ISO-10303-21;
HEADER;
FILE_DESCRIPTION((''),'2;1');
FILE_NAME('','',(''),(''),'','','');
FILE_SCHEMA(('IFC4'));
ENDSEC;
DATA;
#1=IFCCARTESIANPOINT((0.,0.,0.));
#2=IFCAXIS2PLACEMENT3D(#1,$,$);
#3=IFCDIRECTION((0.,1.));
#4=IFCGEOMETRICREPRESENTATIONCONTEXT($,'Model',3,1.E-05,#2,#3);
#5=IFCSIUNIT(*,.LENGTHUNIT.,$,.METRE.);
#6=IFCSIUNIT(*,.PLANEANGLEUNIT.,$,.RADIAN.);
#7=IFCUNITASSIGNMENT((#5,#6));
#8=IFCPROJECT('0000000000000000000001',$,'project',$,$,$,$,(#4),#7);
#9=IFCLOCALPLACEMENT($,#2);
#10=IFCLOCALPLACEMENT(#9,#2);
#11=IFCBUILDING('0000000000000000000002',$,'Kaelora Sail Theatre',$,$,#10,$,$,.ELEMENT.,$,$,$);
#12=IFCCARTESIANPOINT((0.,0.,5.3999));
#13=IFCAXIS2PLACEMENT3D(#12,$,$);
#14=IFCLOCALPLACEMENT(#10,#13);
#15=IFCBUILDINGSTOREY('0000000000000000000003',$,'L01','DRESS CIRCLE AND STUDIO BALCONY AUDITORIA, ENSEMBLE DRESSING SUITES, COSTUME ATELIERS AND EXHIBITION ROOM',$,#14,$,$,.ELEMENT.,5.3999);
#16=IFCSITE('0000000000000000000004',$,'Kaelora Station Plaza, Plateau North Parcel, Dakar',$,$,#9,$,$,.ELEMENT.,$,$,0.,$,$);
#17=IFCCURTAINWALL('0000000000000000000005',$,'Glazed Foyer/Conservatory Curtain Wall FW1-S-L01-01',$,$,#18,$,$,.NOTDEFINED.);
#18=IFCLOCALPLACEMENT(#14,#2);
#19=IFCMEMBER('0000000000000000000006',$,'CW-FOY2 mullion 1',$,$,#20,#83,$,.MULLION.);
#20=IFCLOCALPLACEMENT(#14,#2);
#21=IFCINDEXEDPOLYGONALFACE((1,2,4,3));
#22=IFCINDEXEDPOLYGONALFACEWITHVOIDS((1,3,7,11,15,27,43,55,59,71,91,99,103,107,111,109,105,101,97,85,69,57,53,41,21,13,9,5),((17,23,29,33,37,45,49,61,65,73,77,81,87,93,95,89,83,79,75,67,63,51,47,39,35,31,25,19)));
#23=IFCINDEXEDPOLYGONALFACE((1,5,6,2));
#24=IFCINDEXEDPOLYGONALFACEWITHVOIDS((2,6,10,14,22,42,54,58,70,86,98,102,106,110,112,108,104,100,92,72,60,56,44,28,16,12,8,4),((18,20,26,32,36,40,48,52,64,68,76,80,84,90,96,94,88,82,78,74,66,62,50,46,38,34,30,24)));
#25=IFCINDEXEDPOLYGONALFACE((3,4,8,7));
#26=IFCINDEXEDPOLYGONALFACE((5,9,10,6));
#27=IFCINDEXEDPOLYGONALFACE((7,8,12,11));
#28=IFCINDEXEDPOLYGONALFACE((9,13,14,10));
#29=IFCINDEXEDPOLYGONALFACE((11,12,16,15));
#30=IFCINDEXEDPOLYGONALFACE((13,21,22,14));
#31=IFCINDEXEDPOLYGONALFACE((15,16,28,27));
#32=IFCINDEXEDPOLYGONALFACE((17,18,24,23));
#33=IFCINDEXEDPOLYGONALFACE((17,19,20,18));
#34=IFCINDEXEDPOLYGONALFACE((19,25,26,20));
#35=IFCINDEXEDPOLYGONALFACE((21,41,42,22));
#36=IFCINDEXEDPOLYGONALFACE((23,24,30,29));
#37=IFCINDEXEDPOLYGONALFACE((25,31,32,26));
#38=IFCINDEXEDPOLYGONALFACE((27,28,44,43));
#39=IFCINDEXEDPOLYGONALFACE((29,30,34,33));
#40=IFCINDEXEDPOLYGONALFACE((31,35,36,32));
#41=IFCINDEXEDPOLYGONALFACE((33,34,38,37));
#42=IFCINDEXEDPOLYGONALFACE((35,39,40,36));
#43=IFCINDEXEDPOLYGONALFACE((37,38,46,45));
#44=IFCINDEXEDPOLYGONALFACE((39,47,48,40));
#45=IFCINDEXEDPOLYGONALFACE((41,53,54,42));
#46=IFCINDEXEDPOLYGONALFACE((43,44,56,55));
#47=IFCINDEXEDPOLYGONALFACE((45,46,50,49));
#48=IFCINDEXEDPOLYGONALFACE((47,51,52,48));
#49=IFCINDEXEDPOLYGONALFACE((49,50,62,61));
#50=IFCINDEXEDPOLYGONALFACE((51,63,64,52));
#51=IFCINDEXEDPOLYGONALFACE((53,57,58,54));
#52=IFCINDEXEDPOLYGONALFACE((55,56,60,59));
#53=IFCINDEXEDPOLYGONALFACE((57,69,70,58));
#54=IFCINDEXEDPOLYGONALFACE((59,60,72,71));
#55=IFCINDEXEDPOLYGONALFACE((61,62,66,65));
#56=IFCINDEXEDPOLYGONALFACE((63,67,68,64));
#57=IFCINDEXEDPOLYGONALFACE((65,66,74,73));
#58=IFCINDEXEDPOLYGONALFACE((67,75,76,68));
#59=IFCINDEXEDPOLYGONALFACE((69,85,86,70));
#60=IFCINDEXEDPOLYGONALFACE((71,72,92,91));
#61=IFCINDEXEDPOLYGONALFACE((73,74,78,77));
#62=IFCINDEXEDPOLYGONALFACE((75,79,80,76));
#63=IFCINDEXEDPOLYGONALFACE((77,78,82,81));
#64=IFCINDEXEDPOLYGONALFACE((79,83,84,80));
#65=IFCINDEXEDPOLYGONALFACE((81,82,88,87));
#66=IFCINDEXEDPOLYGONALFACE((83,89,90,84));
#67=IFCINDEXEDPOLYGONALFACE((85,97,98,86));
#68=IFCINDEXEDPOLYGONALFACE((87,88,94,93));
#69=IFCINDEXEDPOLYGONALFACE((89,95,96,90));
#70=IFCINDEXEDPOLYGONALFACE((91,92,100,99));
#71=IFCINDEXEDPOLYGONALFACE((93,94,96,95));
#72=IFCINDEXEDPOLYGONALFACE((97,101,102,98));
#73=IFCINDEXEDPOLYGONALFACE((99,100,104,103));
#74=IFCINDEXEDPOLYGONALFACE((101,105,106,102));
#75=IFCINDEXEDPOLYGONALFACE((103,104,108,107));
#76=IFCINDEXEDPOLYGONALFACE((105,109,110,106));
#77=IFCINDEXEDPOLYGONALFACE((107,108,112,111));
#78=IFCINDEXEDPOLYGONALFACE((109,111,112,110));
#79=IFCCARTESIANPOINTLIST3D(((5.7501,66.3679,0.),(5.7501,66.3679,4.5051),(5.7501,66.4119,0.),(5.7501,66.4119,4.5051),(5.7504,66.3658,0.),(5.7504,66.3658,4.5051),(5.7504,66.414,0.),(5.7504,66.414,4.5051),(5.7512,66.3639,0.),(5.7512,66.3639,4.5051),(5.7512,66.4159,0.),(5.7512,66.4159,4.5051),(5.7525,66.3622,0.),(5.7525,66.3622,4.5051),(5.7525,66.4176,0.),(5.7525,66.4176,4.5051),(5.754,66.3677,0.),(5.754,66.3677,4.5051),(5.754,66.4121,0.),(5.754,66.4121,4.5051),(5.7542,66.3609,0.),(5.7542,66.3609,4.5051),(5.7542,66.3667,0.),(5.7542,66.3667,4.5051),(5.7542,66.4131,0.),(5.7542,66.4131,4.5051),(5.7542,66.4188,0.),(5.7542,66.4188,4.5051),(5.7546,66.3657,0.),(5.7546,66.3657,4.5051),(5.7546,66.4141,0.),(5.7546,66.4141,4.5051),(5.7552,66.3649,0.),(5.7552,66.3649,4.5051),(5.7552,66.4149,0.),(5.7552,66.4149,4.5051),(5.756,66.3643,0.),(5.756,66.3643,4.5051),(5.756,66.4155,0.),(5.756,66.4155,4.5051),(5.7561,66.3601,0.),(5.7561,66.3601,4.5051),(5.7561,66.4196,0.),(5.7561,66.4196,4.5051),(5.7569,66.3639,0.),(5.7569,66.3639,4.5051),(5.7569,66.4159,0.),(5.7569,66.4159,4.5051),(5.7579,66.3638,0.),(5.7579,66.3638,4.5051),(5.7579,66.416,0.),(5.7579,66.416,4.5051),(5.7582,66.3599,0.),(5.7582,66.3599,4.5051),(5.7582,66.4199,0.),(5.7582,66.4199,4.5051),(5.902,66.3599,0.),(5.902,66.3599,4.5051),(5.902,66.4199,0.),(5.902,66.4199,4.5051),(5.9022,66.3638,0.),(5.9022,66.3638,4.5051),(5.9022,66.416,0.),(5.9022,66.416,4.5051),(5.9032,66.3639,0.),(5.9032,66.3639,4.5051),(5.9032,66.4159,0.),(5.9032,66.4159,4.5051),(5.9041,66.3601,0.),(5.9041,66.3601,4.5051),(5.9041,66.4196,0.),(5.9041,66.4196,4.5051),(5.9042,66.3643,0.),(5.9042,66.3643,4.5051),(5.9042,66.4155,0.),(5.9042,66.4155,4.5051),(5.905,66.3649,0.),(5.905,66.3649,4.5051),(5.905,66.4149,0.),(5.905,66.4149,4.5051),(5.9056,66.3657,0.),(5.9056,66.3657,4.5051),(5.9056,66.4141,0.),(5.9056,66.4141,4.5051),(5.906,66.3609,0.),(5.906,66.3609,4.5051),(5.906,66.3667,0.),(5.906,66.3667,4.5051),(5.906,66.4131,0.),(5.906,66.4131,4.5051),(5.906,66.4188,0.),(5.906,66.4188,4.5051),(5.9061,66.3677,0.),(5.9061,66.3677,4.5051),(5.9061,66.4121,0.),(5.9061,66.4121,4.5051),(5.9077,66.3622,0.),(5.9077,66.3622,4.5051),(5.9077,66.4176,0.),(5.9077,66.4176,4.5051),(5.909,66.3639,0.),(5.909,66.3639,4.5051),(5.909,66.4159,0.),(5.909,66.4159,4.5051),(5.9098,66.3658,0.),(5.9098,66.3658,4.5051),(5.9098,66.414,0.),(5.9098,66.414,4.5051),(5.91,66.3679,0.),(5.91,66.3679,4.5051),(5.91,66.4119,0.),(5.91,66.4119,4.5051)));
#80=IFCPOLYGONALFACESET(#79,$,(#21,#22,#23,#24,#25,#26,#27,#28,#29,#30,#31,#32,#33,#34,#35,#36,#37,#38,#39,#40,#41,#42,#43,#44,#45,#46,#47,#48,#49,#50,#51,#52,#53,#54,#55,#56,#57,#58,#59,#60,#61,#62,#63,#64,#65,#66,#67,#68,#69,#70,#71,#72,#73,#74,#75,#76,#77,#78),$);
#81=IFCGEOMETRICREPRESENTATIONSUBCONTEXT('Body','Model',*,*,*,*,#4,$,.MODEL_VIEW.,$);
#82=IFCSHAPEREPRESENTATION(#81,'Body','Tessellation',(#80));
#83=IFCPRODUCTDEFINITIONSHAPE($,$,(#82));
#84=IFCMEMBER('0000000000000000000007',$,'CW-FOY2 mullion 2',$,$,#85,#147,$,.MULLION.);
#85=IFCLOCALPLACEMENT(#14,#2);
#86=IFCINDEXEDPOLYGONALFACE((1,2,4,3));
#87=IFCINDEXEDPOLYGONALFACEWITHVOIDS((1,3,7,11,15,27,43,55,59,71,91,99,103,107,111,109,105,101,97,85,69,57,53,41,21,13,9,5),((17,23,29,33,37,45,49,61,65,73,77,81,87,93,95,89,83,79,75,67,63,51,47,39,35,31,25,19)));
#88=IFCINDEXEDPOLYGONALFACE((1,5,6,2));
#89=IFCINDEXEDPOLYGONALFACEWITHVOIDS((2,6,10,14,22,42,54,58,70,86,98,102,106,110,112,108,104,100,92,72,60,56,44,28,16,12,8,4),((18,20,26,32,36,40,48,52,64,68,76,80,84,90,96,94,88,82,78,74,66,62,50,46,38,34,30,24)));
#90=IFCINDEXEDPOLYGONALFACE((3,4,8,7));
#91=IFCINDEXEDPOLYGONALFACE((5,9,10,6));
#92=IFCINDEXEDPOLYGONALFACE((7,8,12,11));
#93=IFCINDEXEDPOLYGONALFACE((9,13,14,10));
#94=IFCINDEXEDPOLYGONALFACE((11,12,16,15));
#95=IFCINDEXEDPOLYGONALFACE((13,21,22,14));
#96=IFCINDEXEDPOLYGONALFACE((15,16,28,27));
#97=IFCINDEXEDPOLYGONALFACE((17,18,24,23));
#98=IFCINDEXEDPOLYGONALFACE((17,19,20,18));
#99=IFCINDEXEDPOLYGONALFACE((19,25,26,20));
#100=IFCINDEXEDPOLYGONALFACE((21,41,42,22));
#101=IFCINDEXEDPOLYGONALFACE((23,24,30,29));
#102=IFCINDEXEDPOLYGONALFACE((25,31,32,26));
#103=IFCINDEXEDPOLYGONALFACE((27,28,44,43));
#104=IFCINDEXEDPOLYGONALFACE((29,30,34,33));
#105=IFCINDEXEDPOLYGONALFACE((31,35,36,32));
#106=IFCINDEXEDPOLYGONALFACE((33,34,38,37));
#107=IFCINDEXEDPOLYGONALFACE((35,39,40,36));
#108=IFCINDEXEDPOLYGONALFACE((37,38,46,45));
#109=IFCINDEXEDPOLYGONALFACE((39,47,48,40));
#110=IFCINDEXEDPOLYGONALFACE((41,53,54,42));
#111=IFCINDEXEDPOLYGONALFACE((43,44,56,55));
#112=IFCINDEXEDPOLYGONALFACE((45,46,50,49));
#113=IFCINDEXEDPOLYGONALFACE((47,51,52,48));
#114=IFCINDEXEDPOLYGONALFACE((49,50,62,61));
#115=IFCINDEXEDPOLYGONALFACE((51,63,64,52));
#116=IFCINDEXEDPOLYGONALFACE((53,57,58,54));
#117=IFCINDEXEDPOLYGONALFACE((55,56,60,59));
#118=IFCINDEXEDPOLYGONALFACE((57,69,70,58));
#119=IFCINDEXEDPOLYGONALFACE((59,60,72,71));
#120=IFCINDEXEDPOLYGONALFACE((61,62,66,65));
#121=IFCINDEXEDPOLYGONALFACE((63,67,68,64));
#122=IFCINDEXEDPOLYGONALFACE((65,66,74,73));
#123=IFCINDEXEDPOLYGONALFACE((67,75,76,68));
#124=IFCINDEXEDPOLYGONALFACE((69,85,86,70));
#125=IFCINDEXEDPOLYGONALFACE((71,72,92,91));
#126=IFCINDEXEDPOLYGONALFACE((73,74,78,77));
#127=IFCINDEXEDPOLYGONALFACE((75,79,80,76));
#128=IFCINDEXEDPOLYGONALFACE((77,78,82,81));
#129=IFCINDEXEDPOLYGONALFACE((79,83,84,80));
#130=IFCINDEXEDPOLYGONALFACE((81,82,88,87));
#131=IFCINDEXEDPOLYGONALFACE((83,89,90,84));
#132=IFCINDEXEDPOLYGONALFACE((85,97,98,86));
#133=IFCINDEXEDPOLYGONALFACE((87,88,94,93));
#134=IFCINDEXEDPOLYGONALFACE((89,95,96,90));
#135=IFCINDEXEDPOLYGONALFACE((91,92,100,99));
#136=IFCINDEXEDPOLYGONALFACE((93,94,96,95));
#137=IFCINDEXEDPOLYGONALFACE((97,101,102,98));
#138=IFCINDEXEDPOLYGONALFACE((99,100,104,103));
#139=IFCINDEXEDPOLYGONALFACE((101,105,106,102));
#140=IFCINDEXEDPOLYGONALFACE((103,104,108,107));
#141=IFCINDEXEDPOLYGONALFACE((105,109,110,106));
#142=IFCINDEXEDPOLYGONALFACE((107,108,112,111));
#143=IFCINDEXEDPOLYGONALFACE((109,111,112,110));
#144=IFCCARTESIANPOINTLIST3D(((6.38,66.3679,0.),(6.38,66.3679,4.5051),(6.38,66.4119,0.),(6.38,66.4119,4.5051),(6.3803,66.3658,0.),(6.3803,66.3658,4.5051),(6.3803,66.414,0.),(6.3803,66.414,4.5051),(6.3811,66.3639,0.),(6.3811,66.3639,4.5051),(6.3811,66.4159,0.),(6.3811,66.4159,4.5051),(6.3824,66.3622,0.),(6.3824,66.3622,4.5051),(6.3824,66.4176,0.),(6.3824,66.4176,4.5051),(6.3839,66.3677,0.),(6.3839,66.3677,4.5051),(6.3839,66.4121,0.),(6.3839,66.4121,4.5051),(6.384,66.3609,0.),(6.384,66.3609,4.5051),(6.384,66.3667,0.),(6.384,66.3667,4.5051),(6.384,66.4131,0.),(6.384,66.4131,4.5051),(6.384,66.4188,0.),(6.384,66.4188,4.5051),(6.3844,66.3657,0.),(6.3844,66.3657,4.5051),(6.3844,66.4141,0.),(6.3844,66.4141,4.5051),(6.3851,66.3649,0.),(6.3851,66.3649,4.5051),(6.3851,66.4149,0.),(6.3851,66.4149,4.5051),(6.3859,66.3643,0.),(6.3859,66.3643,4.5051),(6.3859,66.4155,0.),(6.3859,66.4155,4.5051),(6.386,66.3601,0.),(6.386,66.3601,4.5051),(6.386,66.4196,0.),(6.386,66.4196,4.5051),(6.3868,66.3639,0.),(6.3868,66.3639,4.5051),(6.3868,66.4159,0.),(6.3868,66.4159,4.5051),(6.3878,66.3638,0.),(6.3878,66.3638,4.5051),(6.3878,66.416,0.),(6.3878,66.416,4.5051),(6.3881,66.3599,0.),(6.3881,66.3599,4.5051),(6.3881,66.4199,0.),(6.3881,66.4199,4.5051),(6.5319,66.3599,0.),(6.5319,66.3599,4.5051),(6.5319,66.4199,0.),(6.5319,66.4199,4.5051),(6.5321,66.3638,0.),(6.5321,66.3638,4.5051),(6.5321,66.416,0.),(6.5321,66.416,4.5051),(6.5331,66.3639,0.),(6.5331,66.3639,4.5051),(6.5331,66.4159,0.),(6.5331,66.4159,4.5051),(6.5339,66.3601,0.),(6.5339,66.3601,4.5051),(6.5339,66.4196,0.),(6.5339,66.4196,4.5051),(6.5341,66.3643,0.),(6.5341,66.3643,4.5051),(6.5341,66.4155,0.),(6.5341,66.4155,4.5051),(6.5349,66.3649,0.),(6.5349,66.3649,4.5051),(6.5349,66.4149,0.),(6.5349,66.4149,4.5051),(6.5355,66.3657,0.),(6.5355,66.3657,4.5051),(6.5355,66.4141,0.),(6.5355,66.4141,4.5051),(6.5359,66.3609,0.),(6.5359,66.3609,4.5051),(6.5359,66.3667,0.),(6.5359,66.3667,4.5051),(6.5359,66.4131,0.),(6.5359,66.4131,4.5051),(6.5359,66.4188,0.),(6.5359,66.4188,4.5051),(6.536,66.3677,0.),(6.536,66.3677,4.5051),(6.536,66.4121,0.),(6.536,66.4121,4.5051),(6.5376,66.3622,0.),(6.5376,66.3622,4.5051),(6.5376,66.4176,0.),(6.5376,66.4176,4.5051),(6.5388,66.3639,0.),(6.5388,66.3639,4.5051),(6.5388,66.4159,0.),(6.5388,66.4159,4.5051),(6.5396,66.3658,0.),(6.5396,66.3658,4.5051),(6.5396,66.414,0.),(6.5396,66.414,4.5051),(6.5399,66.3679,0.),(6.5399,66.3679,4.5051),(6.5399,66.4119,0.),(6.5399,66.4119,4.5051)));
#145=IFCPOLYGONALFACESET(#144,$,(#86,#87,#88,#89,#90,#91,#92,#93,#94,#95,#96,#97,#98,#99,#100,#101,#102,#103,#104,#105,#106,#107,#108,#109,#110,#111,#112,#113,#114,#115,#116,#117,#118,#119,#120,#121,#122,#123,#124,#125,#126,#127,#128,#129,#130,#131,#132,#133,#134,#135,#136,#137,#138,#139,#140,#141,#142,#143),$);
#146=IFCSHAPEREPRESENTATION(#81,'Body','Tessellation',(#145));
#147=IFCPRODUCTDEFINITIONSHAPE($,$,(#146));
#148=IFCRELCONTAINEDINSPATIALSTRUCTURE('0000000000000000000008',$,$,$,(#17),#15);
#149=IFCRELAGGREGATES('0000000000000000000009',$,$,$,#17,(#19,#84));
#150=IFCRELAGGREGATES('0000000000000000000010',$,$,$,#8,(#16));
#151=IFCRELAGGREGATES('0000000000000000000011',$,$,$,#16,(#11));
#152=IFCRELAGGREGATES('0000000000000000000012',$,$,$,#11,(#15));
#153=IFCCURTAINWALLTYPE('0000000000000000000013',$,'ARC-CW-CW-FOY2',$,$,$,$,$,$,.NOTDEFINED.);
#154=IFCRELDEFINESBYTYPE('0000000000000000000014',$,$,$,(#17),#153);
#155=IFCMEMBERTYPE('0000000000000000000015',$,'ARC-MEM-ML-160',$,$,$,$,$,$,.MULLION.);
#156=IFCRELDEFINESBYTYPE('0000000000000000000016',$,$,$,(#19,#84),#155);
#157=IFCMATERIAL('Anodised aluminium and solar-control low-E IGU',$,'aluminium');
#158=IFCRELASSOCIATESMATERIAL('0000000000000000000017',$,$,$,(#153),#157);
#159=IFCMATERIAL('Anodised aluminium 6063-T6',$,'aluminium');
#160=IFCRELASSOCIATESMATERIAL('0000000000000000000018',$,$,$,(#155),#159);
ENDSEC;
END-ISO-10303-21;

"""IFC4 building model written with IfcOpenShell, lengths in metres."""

from ifc_helpers import new_model, si_unit, direction, frame, origin, origin_2d, place, context, subcontext, project, spatial, hollow_rectangle, extrude, material, material_profile, profile_set, type_object, element, aggregate, save


model = new_model("IFC4")

# Units and contexts
model_context = context("Model", 3, precision=1e-05, world=origin(), true_north=direction((0.0, 1.0)))
body_context = subcontext(model_context, "Body", "Model", "MODEL_VIEW")
ifc_project = project(units=[si_unit("LENGTHUNIT", "METRE"), si_unit("PLANEANGLEUNIT", "RADIAN")], contexts=[model_context])

# Site, building, storey
site_placement = place(None, origin())
site = spatial("IfcSite", under=ifc_project, at=site_placement, Name="Kaelora Station Plaza, Plateau North Parcel, Dakar", CompositionType="ELEMENT", RefElevation=0.0)
building_placement = place(site_placement, origin())
building = spatial("IfcBuilding", under=site, at=building_placement, Name="Kaelora Sail Theatre", CompositionType="ELEMENT")
storey_placement = place(building_placement, frame((0.0, 0.0, 5.3999)))
storey = spatial("IfcBuildingStorey", under=building, at=storey_placement, Name="L01", Description="DRESS CIRCLE AND STUDIO BALCONY AUDITORIA, ENSEMBLE DRESSING SUITES, COSTUME ATELIERS AND EXHIBITION ROOM", CompositionType="ELEMENT", Elevation=5.3999)

# Curtain wall, members
ifc_material_1 = material(Name="Anodised aluminium and solar-control low-E IGU", Category="aluminium")
curtain_wall_type = type_object("IfcCurtainWallType", Name="ARC-CW-CW-FOY2", PredefinedType="NOTDEFINED", material=ifc_material_1)
curtain_wall_placement = place(storey_placement, origin())
curtain_wall = element("IfcCurtainWall", 1, at=curtain_wall_placement, inside=storey, type_object=curtain_wall_type, Name="Glazed Foyer/Conservatory Curtain Wall FW1-S-L01-01", PredefinedType="NOTDEFINED")
ifc_material_2 = material(Name="Anodised aluminium 6063-T6", Category="aluminium")
ifc_material_profile_1 = material_profile(ifc_material_2, hollow_rectangle(XDim=0.0601, YDim=0.1599, WallThickness=0.0039, InnerFilletRadius=0.0039, OuterFilletRadius=0.0081, at=origin_2d()), Name="ALU-MULL 60x160x4")
ifc_profile_set_1 = profile_set([ifc_material_profile_1], Name="Anodised aluminium 6063-T6")
member_type_1 = type_object("IfcMemberType", Name="ARC-MEM-ML-160", PredefinedType="MULLION", material=ifc_profile_set_1)
member_1_placement = place(storey_placement, frame((5.8301, 66.3899, 0.0), z_axis=(0.0, 0.0, 1.0), x_axis=(0.0, 1.0, 0.0)))
member_1 = element("IfcMember", 2, at=member_1_placement, type_object=member_type_1, Name="CW-FOY2 mullion 1", PredefinedType="MULLION", context=body_context, shape_type="SweptSolid", body=[
    extrude(hollow_rectangle(XDim=0.0601, YDim=0.1599, WallThickness=0.0039, InnerFilletRadius=0.0039, OuterFilletRadius=0.0081, at=origin_2d()), origin(), (0.0, 0.0, 1.0), 4.5051),
])
member_2_placement = place(storey_placement, frame((6.46, 66.3899, 0.0), z_axis=(0.0, 0.0, 1.0), x_axis=(0.0, 1.0, 0.0)))
member_2 = element("IfcMember", 3, at=member_2_placement, type_object=member_type_1, Name="CW-FOY2 mullion 2", PredefinedType="MULLION", context=body_context, shape_type="SweptSolid", body=[
    extrude(hollow_rectangle(XDim=0.0601, YDim=0.1599, WallThickness=0.0039, InnerFilletRadius=0.0039, OuterFilletRadius=0.0081, at=origin_2d()), origin(), (0.0, 0.0, 1.0), 4.5051),
])

aggregate(curtain_wall, [member_1, member_2])

save(model, "model.ifc")
